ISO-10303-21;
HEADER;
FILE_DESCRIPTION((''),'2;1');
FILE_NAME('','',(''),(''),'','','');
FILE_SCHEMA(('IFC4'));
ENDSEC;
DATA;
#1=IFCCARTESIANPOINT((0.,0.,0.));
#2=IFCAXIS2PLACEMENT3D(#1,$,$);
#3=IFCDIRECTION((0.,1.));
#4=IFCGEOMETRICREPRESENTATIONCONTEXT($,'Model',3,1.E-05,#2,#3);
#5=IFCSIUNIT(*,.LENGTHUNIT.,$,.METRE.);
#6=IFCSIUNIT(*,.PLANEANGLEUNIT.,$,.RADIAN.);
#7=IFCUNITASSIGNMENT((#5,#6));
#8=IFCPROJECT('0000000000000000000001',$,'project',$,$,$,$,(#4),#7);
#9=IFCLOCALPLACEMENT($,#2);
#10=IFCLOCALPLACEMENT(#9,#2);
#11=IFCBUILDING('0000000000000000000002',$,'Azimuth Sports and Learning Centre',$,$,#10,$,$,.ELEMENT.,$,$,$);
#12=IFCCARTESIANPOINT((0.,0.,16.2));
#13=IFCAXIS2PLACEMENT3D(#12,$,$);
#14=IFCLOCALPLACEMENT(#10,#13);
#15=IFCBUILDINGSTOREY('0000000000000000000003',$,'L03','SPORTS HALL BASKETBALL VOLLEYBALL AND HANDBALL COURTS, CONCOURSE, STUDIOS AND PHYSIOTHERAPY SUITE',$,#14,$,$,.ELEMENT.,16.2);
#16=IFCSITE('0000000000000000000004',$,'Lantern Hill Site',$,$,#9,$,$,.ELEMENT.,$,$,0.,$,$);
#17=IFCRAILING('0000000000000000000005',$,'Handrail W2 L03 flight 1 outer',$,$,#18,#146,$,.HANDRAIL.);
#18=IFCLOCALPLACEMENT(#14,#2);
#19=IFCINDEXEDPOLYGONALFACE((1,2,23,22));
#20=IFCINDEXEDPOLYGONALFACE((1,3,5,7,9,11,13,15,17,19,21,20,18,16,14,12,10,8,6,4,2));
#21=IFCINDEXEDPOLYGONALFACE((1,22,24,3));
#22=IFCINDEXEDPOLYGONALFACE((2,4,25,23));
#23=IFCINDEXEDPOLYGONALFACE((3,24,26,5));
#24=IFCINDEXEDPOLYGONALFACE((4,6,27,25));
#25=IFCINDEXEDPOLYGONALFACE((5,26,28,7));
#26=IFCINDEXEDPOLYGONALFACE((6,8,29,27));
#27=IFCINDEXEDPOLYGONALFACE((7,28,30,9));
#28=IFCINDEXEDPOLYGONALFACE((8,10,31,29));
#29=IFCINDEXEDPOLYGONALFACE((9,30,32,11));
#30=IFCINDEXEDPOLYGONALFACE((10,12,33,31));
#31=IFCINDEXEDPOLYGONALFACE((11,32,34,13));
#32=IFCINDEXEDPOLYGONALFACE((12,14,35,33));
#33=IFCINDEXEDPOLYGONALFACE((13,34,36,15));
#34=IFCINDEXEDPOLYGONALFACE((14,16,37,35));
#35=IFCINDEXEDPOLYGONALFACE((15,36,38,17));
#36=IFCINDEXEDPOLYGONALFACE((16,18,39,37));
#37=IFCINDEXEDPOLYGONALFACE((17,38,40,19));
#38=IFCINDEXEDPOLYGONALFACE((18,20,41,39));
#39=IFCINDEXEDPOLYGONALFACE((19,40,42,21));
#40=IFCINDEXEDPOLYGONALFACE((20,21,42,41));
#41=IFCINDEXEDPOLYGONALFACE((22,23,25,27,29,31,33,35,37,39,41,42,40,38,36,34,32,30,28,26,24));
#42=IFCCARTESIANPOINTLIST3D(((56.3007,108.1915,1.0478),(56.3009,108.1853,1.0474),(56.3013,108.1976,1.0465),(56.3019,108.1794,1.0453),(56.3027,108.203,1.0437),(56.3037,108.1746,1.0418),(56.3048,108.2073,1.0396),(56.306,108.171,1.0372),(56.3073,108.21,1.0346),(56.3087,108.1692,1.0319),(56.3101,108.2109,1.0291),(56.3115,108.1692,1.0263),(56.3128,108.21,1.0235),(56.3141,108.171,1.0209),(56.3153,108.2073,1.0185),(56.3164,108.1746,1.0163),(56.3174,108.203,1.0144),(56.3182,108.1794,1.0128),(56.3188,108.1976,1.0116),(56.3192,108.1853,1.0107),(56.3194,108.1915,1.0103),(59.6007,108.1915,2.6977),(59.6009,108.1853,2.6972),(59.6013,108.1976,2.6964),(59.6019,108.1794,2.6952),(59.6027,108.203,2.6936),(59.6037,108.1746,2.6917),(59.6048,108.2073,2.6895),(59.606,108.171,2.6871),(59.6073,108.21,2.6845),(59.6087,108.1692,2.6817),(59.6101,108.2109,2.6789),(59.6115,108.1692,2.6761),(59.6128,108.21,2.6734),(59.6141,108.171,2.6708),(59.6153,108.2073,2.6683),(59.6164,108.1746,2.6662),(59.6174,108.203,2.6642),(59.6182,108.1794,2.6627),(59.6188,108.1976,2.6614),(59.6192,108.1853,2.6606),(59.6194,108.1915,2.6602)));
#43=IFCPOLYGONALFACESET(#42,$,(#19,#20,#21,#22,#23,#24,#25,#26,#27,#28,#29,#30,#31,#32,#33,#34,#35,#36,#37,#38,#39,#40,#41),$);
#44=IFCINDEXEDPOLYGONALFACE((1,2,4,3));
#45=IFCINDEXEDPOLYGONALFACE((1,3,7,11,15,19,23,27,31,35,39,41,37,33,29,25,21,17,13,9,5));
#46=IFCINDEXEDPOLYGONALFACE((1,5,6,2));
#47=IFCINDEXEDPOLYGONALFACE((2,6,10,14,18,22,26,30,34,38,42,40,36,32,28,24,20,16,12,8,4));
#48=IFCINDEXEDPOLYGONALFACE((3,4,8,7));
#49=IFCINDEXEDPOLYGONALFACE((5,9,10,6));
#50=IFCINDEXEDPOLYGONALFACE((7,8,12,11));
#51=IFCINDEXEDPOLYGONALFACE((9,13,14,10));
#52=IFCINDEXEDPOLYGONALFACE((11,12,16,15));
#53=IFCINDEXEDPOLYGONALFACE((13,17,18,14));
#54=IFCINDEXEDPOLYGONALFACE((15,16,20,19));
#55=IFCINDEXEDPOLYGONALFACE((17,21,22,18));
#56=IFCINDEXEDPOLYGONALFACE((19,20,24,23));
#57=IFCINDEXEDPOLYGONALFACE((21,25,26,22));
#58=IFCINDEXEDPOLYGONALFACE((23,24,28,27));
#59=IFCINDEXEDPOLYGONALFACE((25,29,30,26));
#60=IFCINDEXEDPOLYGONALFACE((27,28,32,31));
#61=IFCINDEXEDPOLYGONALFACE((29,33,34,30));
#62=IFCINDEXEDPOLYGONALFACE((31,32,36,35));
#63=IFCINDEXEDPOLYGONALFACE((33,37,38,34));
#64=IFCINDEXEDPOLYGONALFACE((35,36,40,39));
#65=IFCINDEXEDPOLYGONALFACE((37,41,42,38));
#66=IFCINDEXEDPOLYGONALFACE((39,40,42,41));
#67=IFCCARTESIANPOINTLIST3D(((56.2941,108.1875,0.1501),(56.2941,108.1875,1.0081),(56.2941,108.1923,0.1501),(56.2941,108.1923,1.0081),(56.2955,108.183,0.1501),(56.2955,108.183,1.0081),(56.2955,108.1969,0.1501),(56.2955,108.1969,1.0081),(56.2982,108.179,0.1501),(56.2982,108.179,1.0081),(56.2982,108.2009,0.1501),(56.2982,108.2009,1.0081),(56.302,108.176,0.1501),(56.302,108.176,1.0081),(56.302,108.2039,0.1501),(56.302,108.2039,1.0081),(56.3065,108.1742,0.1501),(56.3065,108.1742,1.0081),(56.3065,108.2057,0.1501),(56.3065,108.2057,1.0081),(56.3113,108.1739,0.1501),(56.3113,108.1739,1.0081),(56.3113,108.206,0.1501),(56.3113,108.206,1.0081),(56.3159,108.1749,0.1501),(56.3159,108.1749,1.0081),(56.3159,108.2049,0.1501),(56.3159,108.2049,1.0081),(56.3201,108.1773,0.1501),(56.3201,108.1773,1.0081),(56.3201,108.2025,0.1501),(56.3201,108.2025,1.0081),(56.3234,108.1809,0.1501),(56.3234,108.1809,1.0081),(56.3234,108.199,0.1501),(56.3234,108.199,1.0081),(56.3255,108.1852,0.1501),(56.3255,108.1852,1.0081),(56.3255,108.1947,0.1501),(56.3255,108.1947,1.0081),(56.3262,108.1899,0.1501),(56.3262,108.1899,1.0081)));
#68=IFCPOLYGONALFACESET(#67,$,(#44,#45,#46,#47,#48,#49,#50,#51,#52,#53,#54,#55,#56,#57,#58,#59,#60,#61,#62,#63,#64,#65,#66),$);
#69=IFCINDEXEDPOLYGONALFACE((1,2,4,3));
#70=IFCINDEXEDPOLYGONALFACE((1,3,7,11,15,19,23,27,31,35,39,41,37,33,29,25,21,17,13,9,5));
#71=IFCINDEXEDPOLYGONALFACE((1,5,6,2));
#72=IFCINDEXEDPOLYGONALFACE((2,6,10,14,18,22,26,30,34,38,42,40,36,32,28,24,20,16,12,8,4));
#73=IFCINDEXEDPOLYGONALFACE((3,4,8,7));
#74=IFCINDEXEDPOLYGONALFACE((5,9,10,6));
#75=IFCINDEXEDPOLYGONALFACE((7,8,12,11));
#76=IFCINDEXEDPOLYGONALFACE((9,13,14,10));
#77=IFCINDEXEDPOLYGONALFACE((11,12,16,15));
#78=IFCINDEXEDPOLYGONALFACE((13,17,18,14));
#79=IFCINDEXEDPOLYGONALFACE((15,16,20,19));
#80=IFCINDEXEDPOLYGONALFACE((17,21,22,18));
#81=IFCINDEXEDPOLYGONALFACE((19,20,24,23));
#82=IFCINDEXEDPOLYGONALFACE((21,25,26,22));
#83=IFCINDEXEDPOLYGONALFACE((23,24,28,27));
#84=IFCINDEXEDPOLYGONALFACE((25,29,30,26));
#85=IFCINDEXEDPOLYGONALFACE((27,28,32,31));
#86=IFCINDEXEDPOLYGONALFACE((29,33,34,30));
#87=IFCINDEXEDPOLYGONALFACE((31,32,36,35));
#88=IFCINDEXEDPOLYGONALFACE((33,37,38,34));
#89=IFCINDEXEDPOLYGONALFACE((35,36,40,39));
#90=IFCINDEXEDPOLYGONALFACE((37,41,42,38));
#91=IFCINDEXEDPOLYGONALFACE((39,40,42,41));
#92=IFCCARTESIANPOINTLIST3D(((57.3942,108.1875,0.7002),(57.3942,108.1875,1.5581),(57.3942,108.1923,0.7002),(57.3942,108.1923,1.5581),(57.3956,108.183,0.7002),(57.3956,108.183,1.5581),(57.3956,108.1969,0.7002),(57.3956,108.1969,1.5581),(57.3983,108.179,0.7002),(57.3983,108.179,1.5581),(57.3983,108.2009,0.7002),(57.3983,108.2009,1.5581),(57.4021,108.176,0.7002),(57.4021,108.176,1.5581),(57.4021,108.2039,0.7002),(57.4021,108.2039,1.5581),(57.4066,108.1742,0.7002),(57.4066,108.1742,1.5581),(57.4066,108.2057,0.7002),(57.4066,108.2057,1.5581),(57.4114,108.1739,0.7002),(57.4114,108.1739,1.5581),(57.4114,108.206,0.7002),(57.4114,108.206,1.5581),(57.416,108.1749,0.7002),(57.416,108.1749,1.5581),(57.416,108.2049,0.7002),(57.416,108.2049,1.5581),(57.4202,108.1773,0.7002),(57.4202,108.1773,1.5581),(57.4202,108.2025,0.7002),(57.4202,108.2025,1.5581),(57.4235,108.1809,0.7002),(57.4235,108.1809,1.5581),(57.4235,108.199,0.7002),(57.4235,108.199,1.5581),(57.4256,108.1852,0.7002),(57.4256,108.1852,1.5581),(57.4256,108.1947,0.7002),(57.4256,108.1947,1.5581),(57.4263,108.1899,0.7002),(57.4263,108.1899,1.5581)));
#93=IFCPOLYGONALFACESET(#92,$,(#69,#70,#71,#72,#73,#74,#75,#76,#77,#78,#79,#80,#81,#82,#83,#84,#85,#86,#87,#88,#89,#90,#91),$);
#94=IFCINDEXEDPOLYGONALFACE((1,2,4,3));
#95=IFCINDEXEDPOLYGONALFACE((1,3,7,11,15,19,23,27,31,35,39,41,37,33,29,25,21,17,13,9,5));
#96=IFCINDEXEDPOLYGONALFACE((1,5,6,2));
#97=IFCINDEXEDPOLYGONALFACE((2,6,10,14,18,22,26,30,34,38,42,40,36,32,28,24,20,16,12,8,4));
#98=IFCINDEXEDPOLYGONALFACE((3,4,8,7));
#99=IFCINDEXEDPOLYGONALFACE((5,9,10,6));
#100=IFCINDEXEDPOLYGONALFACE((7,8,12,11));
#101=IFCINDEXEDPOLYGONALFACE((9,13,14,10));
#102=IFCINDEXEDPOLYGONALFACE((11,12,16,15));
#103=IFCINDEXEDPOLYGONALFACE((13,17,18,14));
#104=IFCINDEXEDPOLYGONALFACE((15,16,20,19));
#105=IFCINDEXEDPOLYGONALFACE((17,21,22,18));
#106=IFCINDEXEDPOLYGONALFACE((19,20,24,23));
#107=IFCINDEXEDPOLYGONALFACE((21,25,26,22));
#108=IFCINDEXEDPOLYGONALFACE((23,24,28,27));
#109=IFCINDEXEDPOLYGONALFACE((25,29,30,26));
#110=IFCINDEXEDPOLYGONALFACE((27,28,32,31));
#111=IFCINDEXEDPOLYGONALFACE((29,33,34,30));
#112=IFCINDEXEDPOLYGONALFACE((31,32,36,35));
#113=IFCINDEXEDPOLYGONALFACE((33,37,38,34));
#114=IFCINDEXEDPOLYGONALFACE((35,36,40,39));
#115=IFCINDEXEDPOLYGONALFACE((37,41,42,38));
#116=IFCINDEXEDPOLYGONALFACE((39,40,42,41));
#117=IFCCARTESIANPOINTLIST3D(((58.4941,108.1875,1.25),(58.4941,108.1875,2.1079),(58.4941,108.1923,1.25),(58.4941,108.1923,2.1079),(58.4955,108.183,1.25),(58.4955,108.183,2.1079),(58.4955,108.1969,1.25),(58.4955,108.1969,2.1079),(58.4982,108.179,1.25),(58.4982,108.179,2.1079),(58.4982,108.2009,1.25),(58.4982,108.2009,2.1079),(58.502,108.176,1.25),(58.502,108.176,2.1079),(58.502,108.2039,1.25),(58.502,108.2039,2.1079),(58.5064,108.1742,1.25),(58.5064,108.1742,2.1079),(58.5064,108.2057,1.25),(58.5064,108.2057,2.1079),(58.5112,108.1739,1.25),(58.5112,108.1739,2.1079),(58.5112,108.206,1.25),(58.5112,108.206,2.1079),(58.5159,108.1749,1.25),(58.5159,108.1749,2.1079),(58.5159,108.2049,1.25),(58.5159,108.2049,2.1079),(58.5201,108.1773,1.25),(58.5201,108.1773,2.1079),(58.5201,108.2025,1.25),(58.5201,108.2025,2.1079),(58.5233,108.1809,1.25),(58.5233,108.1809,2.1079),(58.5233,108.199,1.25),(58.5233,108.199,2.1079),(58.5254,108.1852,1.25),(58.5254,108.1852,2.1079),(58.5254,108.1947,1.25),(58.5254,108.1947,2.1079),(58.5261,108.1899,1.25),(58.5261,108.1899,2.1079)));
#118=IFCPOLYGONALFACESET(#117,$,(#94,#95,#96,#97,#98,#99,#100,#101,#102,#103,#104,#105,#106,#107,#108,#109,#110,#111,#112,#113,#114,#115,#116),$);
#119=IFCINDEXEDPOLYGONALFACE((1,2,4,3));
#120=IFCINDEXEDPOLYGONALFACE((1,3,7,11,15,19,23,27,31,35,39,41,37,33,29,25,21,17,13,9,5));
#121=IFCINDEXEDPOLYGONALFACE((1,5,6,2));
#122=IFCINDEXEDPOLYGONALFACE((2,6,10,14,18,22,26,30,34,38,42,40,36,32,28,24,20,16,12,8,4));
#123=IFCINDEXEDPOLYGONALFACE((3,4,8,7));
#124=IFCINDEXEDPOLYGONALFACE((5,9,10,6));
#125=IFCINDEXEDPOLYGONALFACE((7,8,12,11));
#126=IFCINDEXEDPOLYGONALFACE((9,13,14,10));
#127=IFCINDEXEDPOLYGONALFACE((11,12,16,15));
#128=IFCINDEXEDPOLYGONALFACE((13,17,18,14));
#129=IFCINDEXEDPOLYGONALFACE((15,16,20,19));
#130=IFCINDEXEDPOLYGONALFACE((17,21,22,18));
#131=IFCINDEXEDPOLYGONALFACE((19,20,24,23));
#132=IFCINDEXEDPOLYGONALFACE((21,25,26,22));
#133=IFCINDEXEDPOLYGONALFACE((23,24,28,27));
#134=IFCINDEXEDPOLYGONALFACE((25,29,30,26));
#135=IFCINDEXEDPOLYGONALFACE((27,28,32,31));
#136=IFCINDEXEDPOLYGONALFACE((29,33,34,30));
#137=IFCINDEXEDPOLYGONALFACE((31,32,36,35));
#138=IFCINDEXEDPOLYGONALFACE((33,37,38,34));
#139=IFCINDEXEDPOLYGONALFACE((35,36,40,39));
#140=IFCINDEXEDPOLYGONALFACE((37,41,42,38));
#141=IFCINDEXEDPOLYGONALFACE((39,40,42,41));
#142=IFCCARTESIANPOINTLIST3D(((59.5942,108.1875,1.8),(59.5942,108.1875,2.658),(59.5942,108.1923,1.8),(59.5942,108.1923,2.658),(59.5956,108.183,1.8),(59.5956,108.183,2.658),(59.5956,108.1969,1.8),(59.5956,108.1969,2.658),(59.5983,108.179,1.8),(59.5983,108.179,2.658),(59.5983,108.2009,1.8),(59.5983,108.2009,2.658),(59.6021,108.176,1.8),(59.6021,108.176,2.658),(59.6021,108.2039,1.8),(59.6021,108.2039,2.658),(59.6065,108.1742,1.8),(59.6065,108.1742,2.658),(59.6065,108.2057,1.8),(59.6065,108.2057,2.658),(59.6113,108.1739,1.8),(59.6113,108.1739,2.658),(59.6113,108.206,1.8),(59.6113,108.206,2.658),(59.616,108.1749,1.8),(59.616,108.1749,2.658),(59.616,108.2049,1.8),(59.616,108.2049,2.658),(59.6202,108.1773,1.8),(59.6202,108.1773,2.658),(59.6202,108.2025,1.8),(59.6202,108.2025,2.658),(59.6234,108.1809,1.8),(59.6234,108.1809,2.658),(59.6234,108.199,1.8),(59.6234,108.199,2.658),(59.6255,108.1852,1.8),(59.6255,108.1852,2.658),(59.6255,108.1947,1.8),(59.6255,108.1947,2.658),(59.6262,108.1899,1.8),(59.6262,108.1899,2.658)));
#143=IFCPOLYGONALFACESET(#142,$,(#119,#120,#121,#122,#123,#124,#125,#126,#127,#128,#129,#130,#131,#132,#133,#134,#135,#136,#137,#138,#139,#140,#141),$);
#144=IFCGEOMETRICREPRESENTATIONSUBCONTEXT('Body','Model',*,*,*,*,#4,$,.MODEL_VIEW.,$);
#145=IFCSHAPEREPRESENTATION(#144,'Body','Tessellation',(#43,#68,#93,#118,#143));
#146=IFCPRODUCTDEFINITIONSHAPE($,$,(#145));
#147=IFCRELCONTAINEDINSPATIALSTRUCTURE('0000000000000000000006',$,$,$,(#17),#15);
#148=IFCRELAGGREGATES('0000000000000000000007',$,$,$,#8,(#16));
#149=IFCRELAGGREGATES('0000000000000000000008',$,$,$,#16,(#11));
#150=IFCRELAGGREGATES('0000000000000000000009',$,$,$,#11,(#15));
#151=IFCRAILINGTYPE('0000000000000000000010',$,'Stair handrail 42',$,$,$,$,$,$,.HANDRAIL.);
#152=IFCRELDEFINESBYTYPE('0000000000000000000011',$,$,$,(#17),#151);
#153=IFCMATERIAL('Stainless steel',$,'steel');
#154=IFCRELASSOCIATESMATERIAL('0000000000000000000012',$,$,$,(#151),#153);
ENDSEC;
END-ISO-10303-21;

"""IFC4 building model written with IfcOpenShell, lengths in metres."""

from ifc_helpers import new_model, si_unit, direction, frame, origin, origin_2d, place, context, subcontext, project, spatial, circle, extrude, material, type_object, element, save


model = new_model("IFC4")

# Units and contexts
model_context = context("Model", 3, precision=1e-05, world=origin(), true_north=direction((0.0, 1.0)))
body_context = subcontext(model_context, "Body", "Model", "MODEL_VIEW")
ifc_project = project(units=[si_unit("LENGTHUNIT", "METRE"), si_unit("PLANEANGLEUNIT", "RADIAN")], contexts=[model_context])

# Site, building, storey
site_placement = place(None, origin())
site = spatial("IfcSite", under=ifc_project, at=site_placement, Name="Lantern Hill Site", CompositionType="ELEMENT", RefElevation=0.0)
building_placement = place(site_placement, origin())
building = spatial("IfcBuilding", under=site, at=building_placement, Name="Azimuth Sports and Learning Centre", CompositionType="ELEMENT")
storey_placement = place(building_placement, frame((0.0, 0.0, 16.2)))
storey = spatial("IfcBuildingStorey", under=building, at=storey_placement, Name="L03", Description="SPORTS HALL BASKETBALL VOLLEYBALL AND HANDBALL COURTS, CONCOURSE, STUDIOS AND PHYSIOTHERAPY SUITE", CompositionType="ELEMENT", Elevation=16.2)

# Railing
ifc_material_1 = material(Name="Stainless steel", Category="steel")
railing_type_1 = type_object("IfcRailingType", Name="Stair handrail 42", PredefinedType="HANDRAIL", material=ifc_material_1)
for number, where, name in (
    (1, (56.3101, 108.1899, 0.1501), "Handrail W2 L03 flight 1 outer"),
):
    element("IfcRailing", number, at=place(storey_placement, frame(where)), inside=storey, type_object=railing_type_1, Name=name, PredefinedType="HANDRAIL", context=body_context, shape_type="SweptSolid", body=[
        extrude(circle(Radius=0.021, at=origin_2d()), frame((0.0, 0.0, 0.8789), z_axis=(0.89444, 0.0, 0.447187), x_axis=(0.0, 1.0, 0.0)), (0.0, 0.0, 1.0), 3.6895),
        extrude(circle(Radius=0.0161, at=origin_2d()), origin(), (0.0, 0.0, 1.0), 0.8579),
        extrude(circle(Radius=0.0161, at=origin_2d()), frame((1.1001, 0.0, 0.55)), (0.0, 0.0, 1.0), 0.8579),
        extrude(circle(Radius=0.0161, at=origin_2d()), frame((2.2, 0.0, 1.0999)), (0.0, 0.0, 1.0), 0.8579),
        extrude(circle(Radius=0.0161, at=origin_2d()), frame((3.3, 0.0, 1.6499)), (0.0, 0.0, 1.0), 0.8579),
    ])

save(model, "model.ifc")
